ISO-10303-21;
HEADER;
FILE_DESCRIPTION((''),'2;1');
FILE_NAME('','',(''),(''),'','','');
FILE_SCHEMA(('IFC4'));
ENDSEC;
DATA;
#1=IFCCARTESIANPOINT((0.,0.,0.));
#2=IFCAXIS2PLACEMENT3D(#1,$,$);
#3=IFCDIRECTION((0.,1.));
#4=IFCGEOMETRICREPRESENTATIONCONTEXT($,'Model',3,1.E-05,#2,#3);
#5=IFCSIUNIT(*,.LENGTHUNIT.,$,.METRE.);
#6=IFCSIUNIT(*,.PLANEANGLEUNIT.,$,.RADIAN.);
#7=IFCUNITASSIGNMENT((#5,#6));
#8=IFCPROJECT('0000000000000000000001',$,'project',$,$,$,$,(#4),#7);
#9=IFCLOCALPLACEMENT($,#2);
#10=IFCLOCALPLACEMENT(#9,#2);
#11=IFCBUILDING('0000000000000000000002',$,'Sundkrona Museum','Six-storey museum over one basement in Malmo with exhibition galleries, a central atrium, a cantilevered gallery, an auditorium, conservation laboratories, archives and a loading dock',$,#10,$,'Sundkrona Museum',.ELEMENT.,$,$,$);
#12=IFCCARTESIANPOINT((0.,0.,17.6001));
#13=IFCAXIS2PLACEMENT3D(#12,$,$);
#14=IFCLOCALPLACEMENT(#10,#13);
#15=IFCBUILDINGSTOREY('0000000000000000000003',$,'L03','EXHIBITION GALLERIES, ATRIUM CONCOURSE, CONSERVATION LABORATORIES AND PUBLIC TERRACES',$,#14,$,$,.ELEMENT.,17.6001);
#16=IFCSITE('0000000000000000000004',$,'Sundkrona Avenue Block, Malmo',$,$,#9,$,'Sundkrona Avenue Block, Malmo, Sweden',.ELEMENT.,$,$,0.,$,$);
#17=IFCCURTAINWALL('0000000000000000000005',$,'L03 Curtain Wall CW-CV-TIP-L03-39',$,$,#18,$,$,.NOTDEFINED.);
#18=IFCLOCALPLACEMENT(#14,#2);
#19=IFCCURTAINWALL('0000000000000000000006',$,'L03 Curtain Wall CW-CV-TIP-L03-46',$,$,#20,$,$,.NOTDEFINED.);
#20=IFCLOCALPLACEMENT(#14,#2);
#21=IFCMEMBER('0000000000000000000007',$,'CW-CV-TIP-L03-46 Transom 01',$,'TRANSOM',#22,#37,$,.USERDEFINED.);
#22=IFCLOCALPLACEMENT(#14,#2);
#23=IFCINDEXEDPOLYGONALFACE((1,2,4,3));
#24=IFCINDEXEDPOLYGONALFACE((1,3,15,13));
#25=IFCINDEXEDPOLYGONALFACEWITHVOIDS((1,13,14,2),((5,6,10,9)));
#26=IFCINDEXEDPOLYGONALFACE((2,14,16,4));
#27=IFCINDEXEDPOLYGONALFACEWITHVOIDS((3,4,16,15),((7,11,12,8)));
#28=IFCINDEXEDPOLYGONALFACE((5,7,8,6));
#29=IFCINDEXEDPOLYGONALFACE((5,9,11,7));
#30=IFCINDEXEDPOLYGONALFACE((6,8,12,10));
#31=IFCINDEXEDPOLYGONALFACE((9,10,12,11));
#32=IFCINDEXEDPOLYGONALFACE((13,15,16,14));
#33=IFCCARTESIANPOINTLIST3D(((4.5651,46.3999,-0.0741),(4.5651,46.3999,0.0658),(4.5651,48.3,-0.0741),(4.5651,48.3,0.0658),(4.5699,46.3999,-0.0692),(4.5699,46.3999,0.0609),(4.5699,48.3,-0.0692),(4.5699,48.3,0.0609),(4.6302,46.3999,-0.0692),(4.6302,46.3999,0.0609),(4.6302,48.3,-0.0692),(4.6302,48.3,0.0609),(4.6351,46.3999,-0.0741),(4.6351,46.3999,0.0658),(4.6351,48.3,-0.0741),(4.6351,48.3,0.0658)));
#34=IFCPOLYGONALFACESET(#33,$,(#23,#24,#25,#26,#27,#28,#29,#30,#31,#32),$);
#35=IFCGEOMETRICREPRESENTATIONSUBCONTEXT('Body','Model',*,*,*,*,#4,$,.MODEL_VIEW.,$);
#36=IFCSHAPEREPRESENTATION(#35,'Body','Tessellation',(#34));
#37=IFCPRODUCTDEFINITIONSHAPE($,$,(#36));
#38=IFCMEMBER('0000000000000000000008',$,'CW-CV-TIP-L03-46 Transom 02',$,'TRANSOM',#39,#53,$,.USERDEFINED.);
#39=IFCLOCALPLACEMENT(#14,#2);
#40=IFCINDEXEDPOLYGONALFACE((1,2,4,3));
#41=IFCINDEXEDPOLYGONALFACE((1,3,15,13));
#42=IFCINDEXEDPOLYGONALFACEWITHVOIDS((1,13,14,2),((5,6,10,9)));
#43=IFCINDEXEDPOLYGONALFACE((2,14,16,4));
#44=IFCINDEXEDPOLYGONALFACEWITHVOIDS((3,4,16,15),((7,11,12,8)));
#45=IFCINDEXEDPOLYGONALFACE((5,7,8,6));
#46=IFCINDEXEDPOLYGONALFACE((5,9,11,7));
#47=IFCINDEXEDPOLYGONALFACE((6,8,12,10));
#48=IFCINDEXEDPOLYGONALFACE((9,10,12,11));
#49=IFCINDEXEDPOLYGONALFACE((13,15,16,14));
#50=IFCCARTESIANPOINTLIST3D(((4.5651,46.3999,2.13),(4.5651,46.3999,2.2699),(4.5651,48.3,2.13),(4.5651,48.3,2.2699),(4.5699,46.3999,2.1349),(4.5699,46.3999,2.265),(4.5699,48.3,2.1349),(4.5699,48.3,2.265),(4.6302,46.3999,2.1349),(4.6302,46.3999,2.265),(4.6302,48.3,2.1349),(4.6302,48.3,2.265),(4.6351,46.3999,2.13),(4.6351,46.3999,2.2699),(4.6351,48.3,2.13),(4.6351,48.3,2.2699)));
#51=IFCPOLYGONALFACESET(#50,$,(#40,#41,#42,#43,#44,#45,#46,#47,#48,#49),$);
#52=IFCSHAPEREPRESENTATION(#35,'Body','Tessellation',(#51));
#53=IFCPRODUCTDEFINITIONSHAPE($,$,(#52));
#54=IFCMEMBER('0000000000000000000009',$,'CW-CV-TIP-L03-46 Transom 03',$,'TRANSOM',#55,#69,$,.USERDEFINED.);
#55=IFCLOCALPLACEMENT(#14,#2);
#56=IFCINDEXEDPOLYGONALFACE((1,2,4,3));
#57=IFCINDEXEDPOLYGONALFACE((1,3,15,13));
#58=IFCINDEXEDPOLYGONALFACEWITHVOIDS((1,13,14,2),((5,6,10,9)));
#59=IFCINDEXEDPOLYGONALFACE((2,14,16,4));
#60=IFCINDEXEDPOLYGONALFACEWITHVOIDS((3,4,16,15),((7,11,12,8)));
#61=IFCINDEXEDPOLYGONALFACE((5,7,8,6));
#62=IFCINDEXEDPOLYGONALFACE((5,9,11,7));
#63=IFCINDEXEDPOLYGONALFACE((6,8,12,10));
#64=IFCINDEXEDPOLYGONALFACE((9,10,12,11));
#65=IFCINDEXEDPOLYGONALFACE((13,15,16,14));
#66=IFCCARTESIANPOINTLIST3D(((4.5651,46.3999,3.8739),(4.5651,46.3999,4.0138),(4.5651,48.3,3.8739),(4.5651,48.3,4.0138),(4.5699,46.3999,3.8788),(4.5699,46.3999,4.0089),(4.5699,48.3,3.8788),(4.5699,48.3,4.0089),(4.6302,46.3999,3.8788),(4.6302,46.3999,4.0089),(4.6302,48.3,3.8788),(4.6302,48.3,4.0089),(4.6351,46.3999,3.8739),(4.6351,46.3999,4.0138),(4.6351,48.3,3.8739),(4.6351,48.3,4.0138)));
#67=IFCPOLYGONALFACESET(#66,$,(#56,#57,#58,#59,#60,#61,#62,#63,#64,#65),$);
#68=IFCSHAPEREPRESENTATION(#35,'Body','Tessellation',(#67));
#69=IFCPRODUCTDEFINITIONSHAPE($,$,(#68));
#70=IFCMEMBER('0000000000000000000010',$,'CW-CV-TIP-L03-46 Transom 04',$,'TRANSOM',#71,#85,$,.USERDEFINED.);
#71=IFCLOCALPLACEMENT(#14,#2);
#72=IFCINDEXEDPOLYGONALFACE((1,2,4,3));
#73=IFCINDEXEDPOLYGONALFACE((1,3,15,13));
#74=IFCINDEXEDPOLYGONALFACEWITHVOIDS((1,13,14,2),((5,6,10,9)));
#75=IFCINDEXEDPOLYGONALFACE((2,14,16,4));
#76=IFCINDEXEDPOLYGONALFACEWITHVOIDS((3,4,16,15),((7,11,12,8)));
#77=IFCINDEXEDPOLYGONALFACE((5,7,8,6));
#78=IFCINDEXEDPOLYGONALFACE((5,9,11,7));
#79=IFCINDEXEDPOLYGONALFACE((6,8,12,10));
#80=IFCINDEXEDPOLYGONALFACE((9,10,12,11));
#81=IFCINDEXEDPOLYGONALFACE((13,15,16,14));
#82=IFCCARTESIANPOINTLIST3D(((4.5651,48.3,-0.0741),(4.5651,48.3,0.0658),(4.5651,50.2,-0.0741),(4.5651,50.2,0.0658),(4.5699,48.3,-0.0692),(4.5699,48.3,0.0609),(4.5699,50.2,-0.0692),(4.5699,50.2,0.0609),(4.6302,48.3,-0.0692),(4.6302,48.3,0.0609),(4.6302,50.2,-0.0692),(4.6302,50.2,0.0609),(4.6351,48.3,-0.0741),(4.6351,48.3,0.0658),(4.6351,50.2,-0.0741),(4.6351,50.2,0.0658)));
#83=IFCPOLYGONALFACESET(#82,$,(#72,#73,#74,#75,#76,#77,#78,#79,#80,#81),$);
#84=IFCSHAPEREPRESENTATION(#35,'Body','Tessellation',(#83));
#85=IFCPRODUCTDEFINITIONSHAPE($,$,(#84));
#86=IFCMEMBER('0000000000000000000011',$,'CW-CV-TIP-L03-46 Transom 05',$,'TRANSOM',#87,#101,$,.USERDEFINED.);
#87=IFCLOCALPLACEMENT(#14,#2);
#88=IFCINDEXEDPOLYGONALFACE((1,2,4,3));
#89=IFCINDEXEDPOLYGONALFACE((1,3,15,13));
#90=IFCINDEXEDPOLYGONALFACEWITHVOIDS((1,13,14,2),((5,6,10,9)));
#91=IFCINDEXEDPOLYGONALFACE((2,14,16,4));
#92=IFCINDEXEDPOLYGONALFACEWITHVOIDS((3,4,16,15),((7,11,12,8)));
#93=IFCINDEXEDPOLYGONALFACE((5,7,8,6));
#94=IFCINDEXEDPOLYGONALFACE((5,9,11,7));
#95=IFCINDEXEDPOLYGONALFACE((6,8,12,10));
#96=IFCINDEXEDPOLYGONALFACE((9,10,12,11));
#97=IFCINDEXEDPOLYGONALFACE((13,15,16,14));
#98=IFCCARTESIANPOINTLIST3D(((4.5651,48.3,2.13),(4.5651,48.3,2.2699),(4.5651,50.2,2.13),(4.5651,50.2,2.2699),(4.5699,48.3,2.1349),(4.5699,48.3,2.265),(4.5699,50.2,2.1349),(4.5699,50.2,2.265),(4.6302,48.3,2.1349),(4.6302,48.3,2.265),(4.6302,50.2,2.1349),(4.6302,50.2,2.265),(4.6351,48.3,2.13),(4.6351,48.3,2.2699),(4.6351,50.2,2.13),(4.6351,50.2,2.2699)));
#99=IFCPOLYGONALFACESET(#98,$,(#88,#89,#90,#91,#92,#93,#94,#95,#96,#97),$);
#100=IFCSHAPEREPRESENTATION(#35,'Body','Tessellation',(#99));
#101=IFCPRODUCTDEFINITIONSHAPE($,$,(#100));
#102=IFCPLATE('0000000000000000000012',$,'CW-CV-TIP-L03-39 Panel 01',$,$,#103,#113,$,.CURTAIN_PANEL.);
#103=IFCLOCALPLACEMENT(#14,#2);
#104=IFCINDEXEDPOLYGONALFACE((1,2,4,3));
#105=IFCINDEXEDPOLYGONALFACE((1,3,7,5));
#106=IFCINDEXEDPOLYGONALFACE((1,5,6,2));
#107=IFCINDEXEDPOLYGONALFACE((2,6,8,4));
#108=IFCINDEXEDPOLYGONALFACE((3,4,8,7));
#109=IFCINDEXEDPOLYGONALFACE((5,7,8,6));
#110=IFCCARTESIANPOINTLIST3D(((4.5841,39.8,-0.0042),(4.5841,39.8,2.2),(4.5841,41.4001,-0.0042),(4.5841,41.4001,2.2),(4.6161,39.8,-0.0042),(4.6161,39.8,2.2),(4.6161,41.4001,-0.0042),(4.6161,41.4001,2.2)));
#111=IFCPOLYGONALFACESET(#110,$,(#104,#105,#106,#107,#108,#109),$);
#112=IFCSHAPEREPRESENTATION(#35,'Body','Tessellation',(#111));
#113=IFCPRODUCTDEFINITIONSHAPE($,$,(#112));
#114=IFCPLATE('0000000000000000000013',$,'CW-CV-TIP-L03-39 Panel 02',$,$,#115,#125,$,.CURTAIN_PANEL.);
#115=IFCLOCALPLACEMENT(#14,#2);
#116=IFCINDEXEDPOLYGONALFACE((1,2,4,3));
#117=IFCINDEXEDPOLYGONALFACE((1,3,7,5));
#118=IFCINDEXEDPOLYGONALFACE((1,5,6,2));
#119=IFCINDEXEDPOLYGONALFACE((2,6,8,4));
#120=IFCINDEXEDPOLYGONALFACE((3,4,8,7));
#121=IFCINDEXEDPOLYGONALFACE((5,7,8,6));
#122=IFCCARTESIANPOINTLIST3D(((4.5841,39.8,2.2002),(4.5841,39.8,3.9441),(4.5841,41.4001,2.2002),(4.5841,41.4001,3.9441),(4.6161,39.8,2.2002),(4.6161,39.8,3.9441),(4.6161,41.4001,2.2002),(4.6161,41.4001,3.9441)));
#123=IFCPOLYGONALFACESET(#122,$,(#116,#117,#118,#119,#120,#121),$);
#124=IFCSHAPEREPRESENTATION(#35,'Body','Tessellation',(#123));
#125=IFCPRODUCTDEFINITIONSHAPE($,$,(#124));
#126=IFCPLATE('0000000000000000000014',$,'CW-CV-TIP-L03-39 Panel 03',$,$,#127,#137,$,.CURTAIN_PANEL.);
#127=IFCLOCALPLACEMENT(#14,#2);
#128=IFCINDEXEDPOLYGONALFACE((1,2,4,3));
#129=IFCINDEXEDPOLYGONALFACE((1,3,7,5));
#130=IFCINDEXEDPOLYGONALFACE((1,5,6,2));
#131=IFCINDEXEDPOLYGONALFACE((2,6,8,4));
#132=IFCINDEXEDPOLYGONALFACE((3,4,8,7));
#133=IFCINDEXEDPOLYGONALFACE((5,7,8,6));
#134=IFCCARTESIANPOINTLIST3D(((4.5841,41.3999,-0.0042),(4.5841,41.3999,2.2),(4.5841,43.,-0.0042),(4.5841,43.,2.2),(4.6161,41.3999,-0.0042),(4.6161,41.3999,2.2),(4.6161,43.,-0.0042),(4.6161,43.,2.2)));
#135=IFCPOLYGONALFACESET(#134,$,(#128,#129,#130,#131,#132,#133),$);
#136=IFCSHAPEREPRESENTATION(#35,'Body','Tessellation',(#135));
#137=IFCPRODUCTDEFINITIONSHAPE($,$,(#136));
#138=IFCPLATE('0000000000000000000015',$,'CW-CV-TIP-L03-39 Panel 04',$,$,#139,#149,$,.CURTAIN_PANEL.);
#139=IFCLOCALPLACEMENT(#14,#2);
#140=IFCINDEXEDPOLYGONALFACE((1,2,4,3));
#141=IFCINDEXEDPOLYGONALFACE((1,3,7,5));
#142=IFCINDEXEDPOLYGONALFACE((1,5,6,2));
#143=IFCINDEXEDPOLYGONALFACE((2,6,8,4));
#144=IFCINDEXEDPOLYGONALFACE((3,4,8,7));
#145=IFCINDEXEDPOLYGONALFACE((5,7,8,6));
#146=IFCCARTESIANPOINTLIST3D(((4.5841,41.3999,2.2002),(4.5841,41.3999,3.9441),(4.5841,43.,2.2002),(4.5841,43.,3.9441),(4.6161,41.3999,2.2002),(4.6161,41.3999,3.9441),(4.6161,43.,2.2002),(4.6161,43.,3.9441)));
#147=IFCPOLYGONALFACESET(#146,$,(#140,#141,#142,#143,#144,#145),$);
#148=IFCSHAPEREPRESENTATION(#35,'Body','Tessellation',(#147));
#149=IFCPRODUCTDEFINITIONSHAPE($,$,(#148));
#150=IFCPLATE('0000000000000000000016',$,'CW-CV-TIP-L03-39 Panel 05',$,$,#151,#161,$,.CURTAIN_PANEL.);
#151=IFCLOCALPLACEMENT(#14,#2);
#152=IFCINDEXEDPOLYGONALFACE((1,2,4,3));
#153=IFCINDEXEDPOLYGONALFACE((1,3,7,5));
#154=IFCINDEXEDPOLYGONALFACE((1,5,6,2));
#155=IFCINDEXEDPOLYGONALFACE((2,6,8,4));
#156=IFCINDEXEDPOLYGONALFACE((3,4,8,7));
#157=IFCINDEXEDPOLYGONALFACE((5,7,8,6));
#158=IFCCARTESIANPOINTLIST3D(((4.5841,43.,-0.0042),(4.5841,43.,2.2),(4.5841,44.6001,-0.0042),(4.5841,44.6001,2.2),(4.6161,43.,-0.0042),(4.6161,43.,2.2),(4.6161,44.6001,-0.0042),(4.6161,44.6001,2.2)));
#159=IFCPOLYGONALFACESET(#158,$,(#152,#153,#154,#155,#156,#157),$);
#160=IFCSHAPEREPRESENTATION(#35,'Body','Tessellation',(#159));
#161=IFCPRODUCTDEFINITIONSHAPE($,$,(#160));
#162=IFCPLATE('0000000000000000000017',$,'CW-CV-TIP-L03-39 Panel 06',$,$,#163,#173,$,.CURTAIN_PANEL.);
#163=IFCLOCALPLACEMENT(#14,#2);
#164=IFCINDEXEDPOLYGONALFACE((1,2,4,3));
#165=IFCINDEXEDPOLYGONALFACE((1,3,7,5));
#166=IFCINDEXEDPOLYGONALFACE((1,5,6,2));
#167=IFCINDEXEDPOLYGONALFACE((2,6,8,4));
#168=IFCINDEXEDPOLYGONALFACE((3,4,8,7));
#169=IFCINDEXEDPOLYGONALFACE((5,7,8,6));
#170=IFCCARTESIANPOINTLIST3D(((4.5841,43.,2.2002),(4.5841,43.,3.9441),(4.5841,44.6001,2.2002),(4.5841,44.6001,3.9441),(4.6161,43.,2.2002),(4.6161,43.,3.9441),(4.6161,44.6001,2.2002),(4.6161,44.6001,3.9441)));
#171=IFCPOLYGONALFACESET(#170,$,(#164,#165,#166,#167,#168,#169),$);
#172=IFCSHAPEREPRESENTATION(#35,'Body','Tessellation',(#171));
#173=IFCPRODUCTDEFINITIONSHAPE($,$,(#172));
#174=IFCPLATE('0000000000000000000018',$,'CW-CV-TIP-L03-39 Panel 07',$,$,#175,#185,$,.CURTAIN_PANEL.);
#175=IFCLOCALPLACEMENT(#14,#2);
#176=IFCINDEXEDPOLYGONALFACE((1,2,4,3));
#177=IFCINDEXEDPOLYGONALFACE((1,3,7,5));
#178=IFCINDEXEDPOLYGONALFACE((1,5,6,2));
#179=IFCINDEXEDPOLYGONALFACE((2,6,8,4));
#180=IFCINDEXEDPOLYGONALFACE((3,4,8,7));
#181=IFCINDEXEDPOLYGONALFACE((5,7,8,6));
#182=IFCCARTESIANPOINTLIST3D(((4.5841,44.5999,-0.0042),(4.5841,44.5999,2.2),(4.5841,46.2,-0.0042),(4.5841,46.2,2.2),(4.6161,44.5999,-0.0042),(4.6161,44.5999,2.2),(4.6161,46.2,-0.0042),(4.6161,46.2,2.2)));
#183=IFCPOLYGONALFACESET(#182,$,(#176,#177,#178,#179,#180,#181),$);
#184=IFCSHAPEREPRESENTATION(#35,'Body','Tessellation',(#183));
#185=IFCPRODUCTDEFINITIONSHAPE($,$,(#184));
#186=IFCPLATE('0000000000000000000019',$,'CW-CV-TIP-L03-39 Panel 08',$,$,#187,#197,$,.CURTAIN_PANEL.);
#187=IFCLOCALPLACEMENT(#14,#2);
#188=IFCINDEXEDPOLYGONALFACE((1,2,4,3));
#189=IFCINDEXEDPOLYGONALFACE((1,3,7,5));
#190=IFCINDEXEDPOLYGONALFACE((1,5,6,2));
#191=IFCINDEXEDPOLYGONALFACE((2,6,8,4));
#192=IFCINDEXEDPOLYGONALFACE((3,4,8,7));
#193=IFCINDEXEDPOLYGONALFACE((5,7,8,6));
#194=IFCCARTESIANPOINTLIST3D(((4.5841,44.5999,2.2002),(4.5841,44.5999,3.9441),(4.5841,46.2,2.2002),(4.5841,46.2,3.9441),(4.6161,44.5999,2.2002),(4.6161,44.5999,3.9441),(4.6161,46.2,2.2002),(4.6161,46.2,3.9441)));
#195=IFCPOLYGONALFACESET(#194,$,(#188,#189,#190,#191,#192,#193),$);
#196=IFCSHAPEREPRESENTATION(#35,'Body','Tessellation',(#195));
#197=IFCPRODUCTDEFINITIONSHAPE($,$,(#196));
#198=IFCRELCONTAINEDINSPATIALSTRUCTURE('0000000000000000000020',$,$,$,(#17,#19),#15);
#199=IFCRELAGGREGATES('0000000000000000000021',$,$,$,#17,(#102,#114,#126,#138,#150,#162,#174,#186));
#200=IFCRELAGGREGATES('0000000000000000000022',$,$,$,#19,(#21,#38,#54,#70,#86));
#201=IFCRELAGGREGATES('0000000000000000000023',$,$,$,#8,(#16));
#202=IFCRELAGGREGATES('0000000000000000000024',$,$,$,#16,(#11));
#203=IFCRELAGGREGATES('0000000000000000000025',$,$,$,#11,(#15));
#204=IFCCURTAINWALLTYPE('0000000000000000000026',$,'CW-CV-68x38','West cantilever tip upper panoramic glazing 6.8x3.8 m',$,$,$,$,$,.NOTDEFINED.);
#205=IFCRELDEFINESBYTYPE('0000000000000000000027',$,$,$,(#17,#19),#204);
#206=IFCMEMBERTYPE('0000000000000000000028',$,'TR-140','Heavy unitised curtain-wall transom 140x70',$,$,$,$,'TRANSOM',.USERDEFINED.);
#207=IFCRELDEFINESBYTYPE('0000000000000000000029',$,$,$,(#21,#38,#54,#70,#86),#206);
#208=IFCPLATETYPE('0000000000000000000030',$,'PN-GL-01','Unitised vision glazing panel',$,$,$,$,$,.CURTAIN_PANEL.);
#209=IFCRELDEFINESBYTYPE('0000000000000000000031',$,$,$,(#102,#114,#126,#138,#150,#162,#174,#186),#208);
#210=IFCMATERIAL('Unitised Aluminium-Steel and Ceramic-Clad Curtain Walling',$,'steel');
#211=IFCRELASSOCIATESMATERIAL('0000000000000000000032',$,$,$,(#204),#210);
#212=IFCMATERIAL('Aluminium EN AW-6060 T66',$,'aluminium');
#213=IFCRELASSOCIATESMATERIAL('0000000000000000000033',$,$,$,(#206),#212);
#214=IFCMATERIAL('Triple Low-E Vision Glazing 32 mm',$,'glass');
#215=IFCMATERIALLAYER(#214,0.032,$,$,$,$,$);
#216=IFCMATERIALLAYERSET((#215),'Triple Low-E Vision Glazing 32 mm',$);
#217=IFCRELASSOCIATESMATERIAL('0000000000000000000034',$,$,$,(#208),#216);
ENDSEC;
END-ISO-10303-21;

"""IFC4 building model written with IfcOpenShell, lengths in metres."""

from ifc_helpers import new_model, si_unit, direction, frame, origin, origin_2d, place, context, subcontext, project, spatial, rectangle, hollow_rectangle, extrude, material, layer, layer_set, material_profile, profile_set, type_object, element, aggregate, save


model = new_model("IFC4")

# Units and contexts
model_context = context("Model", 3, precision=1e-05, world=origin(), true_north=direction((0.0, 1.0)))
body_context = subcontext(model_context, "Body", "Model", "MODEL_VIEW")
ifc_project = project(units=[si_unit("LENGTHUNIT", "METRE"), si_unit("PLANEANGLEUNIT", "RADIAN")], contexts=[model_context])

# Site, building, storey
site_placement = place(None, origin())
site = spatial("IfcSite", under=ifc_project, at=site_placement, Name="Sundkrona Avenue Block, Malmo", LongName="Sundkrona Avenue Block, Malmo, Sweden", CompositionType="ELEMENT", RefElevation=0.0)
building_placement = place(site_placement, origin())
building = spatial("IfcBuilding", under=site, at=building_placement, Name="Sundkrona Museum", Description="Six-storey museum over one basement in Malmo with exhibition galleries, a central atrium, a cantilevered gallery, an auditorium, conservation laboratories, archives and a loading dock", LongName="Sundkrona Museum", CompositionType="ELEMENT")
storey_placement = place(building_placement, frame((0.0, 0.0, 17.6001)))
storey = spatial("IfcBuildingStorey", under=building, at=storey_placement, Name="L03", Description="EXHIBITION GALLERIES, ATRIUM CONCOURSE, CONSERVATION LABORATORIES AND PUBLIC TERRACES", CompositionType="ELEMENT", Elevation=17.6001)

# Curtain walls
ifc_material_1 = material(Name="Unitised Aluminium-Steel and Ceramic-Clad Curtain Walling", Category="steel")
curtain_wall_type = type_object("IfcCurtainWallType", Name="CW-CV-68x38", Description="West cantilever tip upper panoramic glazing 6.8x3.8 m", PredefinedType="NOTDEFINED", material=ifc_material_1)
curtain_wall_1_placement = place(storey_placement, origin())
curtain_wall_1 = element("IfcCurtainWall", 1, at=curtain_wall_1_placement, inside=storey, type_object=curtain_wall_type, Name="L03 Curtain Wall CW-CV-TIP-L03-39", PredefinedType="NOTDEFINED")
ifc_material_2 = material(Name="Aluminium EN AW-6060 T66", Category="aluminium")
curtain_wall_2_placement = place(storey_placement, origin())
curtain_wall_2 = element("IfcCurtainWall", 2, at=curtain_wall_2_placement, inside=storey, type_object=curtain_wall_type, Name="L03 Curtain Wall CW-CV-TIP-L03-46", PredefinedType="NOTDEFINED")

# Members
ifc_material_profile_1 = material_profile(ifc_material_2, hollow_rectangle(XDim=0.0701, YDim=0.1399, WallThickness=0.0049, at=origin_2d()), Name="RHS 140x70x5.0")
ifc_profile_set_1 = profile_set([ifc_material_profile_1], Name="Aluminium EN AW-6060 T66")
member_type_1 = type_object("IfcMemberType", Name="TR-140", Description="Heavy unitised curtain-wall transom 140x70", ElementType="TRANSOM", PredefinedType="USERDEFINED", material=ifc_profile_set_1)
member_1_placement = place(storey_placement, frame((4.6001, 46.3999, -0.0042), z_axis=(0.0, 1.0, 0.0), x_axis=(-1.0, 0.0, 0.0)))
member_1 = element("IfcMember", 3, at=member_1_placement, type_object=member_type_1, Name="CW-CV-TIP-L03-46 Transom 01", ObjectType="TRANSOM", PredefinedType="USERDEFINED", context=body_context, shape_type="SweptSolid", body=[
    extrude(hollow_rectangle(XDim=0.0701, YDim=0.1399, WallThickness=0.0049, at=origin_2d()), origin(), (0.0, 0.0, 1.0), 1.9001),
])
member_2_placement = place(storey_placement, frame((4.6001, 46.3999, 2.2), z_axis=(0.0, 1.0, 0.0), x_axis=(-1.0, 0.0, 0.0)))
member_2 = element("IfcMember", 4, at=member_2_placement, type_object=member_type_1, Name="CW-CV-TIP-L03-46 Transom 02", ObjectType="TRANSOM", PredefinedType="USERDEFINED", context=body_context, shape_type="SweptSolid", body=[
    extrude(hollow_rectangle(XDim=0.0701, YDim=0.1399, WallThickness=0.0049, at=origin_2d()), origin(), (0.0, 0.0, 1.0), 1.9001),
])
member_3_placement = place(storey_placement, frame((4.6001, 46.3999, 3.9438), z_axis=(0.0, 1.0, 0.0), x_axis=(-1.0, 0.0, 0.0)))
member_3 = element("IfcMember", 5, at=member_3_placement, type_object=member_type_1, Name="CW-CV-TIP-L03-46 Transom 03", ObjectType="TRANSOM", PredefinedType="USERDEFINED", context=body_context, shape_type="SweptSolid", body=[
    extrude(hollow_rectangle(XDim=0.0701, YDim=0.1399, WallThickness=0.0049, at=origin_2d()), origin(), (0.0, 0.0, 1.0), 1.9001),
])
member_4_placement = place(storey_placement, frame((4.6001, 48.3, -0.0042), z_axis=(0.0, 1.0, 0.0), x_axis=(-1.0, 0.0, 0.0)))
member_4 = element("IfcMember", 6, at=member_4_placement, type_object=member_type_1, Name="CW-CV-TIP-L03-46 Transom 04", ObjectType="TRANSOM", PredefinedType="USERDEFINED", context=body_context, shape_type="SweptSolid", body=[
    extrude(hollow_rectangle(XDim=0.0701, YDim=0.1399, WallThickness=0.0049, at=origin_2d()), origin(), (0.0, 0.0, 1.0), 1.8999),
])
member_5_placement = place(storey_placement, frame((4.6001, 48.3, 2.2), z_axis=(0.0, 1.0, 0.0), x_axis=(-1.0, 0.0, 0.0)))
member_5 = element("IfcMember", 7, at=member_5_placement, type_object=member_type_1, Name="CW-CV-TIP-L03-46 Transom 05", ObjectType="TRANSOM", PredefinedType="USERDEFINED", context=body_context, shape_type="SweptSolid", body=[
    extrude(hollow_rectangle(XDim=0.0701, YDim=0.1399, WallThickness=0.0049, at=origin_2d()), origin(), (0.0, 0.0, 1.0), 1.8999),
])

# Plates
ifc_material_3 = material(Name="Triple Low-E Vision Glazing 32 mm", Category="glass")
ifc_layer = layer(ifc_material_3, 0.032)
ifc_layer_set = layer_set([ifc_layer], Name="Triple Low-E Vision Glazing 32 mm")
plate_type = type_object("IfcPlateType", Name="PN-GL-01", Description="Unitised vision glazing panel", PredefinedType="CURTAIN_PANEL", material=ifc_layer_set)
plate_1_placement = place(storey_placement, frame((4.6001, 40.6001, -0.0042), z_axis=(0.0, 0.0, 1.0), x_axis=(0.0, 1.0, 0.0)))
plate_1 = element("IfcPlate", 8, at=plate_1_placement, type_object=plate_type, Name="CW-CV-TIP-L03-39 Panel 01", PredefinedType="CURTAIN_PANEL", context=body_context, shape_type="SweptSolid", body=[
    extrude(rectangle(XDim=1.6001, YDim=0.032, at=origin_2d()), origin(), (0.0, 0.0, 1.0), 2.2041),
])
plate_2_placement = place(storey_placement, frame((4.6001, 40.6001, 2.2002), z_axis=(0.0, 0.0, 1.0), x_axis=(0.0, 1.0, 0.0)))
plate_2 = element("IfcPlate", 9, at=plate_2_placement, type_object=plate_type, Name="CW-CV-TIP-L03-39 Panel 02", PredefinedType="CURTAIN_PANEL", context=body_context, shape_type="SweptSolid", body=[
    extrude(rectangle(XDim=1.6001, YDim=0.032, at=origin_2d()), origin(), (0.0, 0.0, 1.0), 1.7439),
])
plate_3_placement = place(storey_placement, frame((4.6001, 42.2, -0.0042), z_axis=(0.0, 0.0, 1.0), x_axis=(0.0, 1.0, 0.0)))
plate_3 = element("IfcPlate", 10, at=plate_3_placement, type_object=plate_type, Name="CW-CV-TIP-L03-39 Panel 03", PredefinedType="CURTAIN_PANEL", context=body_context, shape_type="SweptSolid", body=[
    extrude(rectangle(XDim=1.6001, YDim=0.032, at=origin_2d()), origin(), (0.0, 0.0, 1.0), 2.2041),
])
plate_4_placement = place(storey_placement, frame((4.6001, 42.2, 2.2002), z_axis=(0.0, 0.0, 1.0), x_axis=(0.0, 1.0, 0.0)))
plate_4 = element("IfcPlate", 11, at=plate_4_placement, type_object=plate_type, Name="CW-CV-TIP-L03-39 Panel 04", PredefinedType="CURTAIN_PANEL", context=body_context, shape_type="SweptSolid", body=[
    extrude(rectangle(XDim=1.6001, YDim=0.032, at=origin_2d()), origin(), (0.0, 0.0, 1.0), 1.7439),
])
plate_5_placement = place(storey_placement, frame((4.6001, 43.8, -0.0042), z_axis=(0.0, 0.0, 1.0), x_axis=(0.0, 1.0, 0.0)))
plate_5 = element("IfcPlate", 12, at=plate_5_placement, type_object=plate_type, Name="CW-CV-TIP-L03-39 Panel 05", PredefinedType="CURTAIN_PANEL", context=body_context, shape_type="SweptSolid", body=[
    extrude(rectangle(XDim=1.6001, YDim=0.032, at=origin_2d()), origin(), (0.0, 0.0, 1.0), 2.2041),
])
plate_6_placement = place(storey_placement, frame((4.6001, 43.8, 2.2002), z_axis=(0.0, 0.0, 1.0), x_axis=(0.0, 1.0, 0.0)))
plate_6 = element("IfcPlate", 13, at=plate_6_placement, type_object=plate_type, Name="CW-CV-TIP-L03-39 Panel 06", PredefinedType="CURTAIN_PANEL", context=body_context, shape_type="SweptSolid", body=[
    extrude(rectangle(XDim=1.6001, YDim=0.032, at=origin_2d()), origin(), (0.0, 0.0, 1.0), 1.7439),
])
plate_7_placement = place(storey_placement, frame((4.6001, 45.3999, -0.0042), z_axis=(0.0, 0.0, 1.0), x_axis=(0.0, 1.0, 0.0)))
plate_7 = element("IfcPlate", 14, at=plate_7_placement, type_object=plate_type, Name="CW-CV-TIP-L03-39 Panel 07", PredefinedType="CURTAIN_PANEL", context=body_context, shape_type="SweptSolid", body=[
    extrude(rectangle(XDim=1.6001, YDim=0.032, at=origin_2d()), origin(), (0.0, 0.0, 1.0), 2.2041),
])
plate_8_placement = place(storey_placement, frame((4.6001, 45.3999, 2.2002), z_axis=(0.0, 0.0, 1.0), x_axis=(0.0, 1.0, 0.0)))
plate_8 = element("IfcPlate", 15, at=plate_8_placement, type_object=plate_type, Name="CW-CV-TIP-L03-39 Panel 08", PredefinedType="CURTAIN_PANEL", context=body_context, shape_type="SweptSolid", body=[
    extrude(rectangle(XDim=1.6001, YDim=0.032, at=origin_2d()), origin(), (0.0, 0.0, 1.0), 1.7439),
])
aggregate(curtain_wall_1, [plate_1, plate_2, plate_3, plate_4, plate_5, plate_6, plate_7, plate_8])
aggregate(curtain_wall_2, [member_1, member_2, member_3, member_4, member_5])

save(model, "model.ifc")
